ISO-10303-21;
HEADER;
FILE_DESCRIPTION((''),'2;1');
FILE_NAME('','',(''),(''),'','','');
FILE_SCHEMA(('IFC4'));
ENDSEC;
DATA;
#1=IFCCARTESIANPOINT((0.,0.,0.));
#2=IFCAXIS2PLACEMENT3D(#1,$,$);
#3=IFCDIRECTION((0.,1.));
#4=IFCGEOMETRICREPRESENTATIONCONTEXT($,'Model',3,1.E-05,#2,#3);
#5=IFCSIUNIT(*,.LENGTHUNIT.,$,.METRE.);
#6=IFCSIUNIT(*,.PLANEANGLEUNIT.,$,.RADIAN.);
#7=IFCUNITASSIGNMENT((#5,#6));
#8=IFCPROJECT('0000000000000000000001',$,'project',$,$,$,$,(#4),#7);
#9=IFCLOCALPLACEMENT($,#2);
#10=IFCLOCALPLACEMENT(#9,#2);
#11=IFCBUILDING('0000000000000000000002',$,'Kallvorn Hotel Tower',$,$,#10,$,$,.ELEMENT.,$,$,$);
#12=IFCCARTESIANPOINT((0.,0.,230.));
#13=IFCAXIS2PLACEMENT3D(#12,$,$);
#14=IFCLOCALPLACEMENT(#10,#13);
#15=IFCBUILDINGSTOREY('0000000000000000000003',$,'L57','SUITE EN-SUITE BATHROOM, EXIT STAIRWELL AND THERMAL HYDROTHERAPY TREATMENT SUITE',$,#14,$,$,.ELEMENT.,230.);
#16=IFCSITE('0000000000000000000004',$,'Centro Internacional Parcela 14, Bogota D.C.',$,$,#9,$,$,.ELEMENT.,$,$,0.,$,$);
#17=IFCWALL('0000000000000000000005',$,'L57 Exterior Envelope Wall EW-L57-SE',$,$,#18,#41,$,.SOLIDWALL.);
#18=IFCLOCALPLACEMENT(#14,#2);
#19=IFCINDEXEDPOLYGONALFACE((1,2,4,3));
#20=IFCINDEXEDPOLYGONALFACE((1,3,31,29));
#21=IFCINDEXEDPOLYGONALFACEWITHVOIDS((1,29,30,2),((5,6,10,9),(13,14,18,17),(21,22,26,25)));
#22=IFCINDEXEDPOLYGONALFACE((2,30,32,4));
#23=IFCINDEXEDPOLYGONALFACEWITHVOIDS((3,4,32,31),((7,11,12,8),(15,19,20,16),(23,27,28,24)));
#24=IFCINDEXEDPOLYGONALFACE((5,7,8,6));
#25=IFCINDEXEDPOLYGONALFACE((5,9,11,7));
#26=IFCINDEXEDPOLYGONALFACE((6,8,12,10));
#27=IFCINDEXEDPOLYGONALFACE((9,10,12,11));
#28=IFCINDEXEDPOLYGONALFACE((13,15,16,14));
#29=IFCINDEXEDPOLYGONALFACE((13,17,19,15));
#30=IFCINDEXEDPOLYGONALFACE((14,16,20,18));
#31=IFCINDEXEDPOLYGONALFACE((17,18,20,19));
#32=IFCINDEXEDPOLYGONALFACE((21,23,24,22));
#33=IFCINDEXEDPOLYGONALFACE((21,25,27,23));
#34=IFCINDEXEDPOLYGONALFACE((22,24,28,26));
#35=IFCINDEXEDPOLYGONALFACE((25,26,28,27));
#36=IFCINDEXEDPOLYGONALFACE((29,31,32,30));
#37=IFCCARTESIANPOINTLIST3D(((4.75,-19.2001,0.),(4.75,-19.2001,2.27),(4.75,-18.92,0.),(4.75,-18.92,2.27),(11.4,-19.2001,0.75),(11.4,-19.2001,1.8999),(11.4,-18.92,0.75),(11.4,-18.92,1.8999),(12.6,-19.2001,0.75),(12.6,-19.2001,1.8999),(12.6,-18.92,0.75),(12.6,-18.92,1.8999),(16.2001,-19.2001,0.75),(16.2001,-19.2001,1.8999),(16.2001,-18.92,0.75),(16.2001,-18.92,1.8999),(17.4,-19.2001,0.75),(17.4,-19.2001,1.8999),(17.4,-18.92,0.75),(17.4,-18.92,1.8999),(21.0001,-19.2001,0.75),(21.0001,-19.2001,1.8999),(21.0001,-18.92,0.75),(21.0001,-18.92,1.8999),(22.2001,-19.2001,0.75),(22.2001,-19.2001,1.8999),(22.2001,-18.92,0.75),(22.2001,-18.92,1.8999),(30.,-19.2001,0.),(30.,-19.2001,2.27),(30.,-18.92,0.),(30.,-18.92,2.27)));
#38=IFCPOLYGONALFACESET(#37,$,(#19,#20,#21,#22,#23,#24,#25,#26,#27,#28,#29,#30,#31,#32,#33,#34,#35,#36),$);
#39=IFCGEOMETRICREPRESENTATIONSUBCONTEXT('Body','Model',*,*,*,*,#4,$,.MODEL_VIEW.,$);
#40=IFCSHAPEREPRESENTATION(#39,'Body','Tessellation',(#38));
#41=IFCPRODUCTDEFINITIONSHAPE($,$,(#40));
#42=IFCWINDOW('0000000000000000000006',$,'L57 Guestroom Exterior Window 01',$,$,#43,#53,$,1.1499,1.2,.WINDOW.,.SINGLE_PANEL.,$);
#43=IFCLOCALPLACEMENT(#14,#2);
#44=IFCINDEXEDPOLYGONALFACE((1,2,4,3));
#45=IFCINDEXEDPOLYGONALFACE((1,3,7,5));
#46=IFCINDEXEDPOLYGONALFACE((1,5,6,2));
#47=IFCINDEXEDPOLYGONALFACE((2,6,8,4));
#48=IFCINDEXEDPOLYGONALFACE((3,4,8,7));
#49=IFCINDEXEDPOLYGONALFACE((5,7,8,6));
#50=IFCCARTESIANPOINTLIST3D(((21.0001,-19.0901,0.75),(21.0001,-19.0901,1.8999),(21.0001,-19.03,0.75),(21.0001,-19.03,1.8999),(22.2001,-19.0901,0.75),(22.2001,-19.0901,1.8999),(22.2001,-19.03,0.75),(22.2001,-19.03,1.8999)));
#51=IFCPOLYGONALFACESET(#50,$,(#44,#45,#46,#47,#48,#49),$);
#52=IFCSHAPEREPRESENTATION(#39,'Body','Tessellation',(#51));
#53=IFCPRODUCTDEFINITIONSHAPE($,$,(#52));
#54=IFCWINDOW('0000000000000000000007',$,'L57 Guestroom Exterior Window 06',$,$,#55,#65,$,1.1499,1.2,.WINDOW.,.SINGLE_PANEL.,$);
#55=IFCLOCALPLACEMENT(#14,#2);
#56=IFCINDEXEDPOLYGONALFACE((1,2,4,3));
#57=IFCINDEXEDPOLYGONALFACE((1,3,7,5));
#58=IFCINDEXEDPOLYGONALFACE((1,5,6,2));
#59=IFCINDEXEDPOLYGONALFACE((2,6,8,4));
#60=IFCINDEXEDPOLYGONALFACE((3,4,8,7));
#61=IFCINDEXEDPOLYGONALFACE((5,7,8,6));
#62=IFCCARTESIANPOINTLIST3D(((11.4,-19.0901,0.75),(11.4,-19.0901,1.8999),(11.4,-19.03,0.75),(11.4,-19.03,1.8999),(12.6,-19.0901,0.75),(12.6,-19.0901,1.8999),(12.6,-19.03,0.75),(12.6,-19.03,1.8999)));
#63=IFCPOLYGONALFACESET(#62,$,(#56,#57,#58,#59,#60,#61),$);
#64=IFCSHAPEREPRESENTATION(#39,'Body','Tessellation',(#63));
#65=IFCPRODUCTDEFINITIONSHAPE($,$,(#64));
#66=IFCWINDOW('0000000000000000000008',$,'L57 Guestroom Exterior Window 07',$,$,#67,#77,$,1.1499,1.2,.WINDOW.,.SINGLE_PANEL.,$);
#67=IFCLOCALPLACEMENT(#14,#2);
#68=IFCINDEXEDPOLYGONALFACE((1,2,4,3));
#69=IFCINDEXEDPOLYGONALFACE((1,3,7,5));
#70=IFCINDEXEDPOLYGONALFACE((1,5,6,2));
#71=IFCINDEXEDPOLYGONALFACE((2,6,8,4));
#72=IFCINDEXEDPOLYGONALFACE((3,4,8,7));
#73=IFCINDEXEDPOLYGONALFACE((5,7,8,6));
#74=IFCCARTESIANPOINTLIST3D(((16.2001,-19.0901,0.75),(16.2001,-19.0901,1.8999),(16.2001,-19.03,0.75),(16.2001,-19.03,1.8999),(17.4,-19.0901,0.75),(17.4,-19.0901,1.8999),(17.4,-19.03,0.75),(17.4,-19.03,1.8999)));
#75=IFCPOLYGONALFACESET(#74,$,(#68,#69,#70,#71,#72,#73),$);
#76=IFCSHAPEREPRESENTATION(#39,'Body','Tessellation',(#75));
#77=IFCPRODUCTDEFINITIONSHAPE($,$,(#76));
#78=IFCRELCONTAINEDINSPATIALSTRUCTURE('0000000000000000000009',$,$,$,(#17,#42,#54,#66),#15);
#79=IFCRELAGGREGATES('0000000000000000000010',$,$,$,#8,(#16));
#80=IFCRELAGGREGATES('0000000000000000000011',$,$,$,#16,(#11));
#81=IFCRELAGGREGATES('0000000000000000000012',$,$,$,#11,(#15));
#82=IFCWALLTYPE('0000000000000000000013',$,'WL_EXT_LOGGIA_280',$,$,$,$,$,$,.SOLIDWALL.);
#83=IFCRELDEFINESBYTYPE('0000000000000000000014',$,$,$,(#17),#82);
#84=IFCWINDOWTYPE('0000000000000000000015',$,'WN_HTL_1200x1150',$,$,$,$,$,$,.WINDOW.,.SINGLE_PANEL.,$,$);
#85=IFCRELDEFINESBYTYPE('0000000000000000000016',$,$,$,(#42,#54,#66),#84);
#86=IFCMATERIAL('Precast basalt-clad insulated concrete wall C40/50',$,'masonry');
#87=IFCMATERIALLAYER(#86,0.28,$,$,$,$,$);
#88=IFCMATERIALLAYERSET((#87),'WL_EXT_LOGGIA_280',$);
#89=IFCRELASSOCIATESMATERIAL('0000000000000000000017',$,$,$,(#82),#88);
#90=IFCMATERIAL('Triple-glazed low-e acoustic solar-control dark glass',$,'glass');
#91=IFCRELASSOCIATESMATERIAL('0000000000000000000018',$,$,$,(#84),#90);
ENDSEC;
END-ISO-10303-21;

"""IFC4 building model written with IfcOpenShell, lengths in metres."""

from ifc_helpers import new_model, si_unit, direction, frame, frame_2d, origin, place, context, subcontext, project, spatial, rectangle, extrude, material, layer, layer_set, type_object, element, fill, save


model = new_model("IFC4")

# Units and contexts
model_context = context("Model", 3, precision=1e-05, world=origin(), true_north=direction((0.0, 1.0)))
body_context = subcontext(model_context, "Body", "Model", "MODEL_VIEW")
ifc_project = project(units=[si_unit("LENGTHUNIT", "METRE"), si_unit("PLANEANGLEUNIT", "RADIAN")], contexts=[model_context])

# Site, building, storey
site_placement = place(None, origin())
site = spatial("IfcSite", under=ifc_project, at=site_placement, Name="Centro Internacional Parcela 14, Bogota D.C.", CompositionType="ELEMENT", RefElevation=0.0)
building_placement = place(site_placement, origin())
building = spatial("IfcBuilding", under=site, at=building_placement, Name="Kallvorn Hotel Tower", CompositionType="ELEMENT")
storey_placement = place(building_placement, frame((0.0, 0.0, 230.0)))
storey = spatial("IfcBuildingStorey", under=building, at=storey_placement, Name="L57", Description="SUITE EN-SUITE BATHROOM, EXIT STAIRWELL AND THERMAL HYDROTHERAPY TREATMENT SUITE", CompositionType="ELEMENT", Elevation=230.0)

# Wall, openings, windows
ifc_material_1 = material(Name="Precast basalt-clad insulated concrete wall C40/50", Category="masonry")
ifc_layer_1 = layer(ifc_material_1, 0.28)
ifc_layer_set_1 = layer_set([ifc_layer_1], Name="WL_EXT_LOGGIA_280")
wall_type_1 = type_object("IfcWallType", Name="WL_EXT_LOGGIA_280", PredefinedType="SOLIDWALL", material=ifc_layer_set_1)
wall_1_placement = place(storey_placement, frame((4.75, -19.0601, 0.0), z_axis=(0.0, 0.0, 1.0), x_axis=(1.0, 0.0, 0.0)))
wall_1 = element("IfcWall", 1, at=wall_1_placement, inside=storey, type_object=wall_type_1, Name="L57 Exterior Envelope Wall EW-L57-SE", PredefinedType="SOLIDWALL", context=body_context, shape_type="SweptSolid", body=[
    extrude(rectangle(XDim=25.25, YDim=0.28, at=frame_2d((12.625, 0.0))), origin(), (0.0, 0.0, 1.0), 2.27),
])
opening_1_placement = place(wall_1_placement, frame((16.25, 0.0, 0.75)))
opening_1 = element("IfcOpeningElement", 2, at=opening_1_placement, cuts=wall_1, PredefinedType="OPENING", context=body_context, shape_type="SweptSolid", body=[
    extrude(rectangle(XDim=1.2, YDim=1.1499, at=frame_2d((0.6001, 0.575))), frame((0.0, 0.155, 0.0), z_axis=(0.0, -1.0, 0.0), x_axis=(1.0, 0.0, 0.0)), (0.0, 0.0, 1.0), 0.3101),
])
opening_2_placement = place(wall_1_placement, frame((6.6499, 0.0, 0.75)))
opening_2 = element("IfcOpeningElement", 3, at=opening_2_placement, cuts=wall_1, PredefinedType="OPENING", context=body_context, shape_type="SweptSolid", body=[
    extrude(rectangle(XDim=1.2, YDim=1.1499, at=frame_2d((0.6001, 0.575))), frame((0.0, 0.155, 0.0), z_axis=(0.0, -1.0, 0.0), x_axis=(1.0, 0.0, 0.0)), (0.0, 0.0, 1.0), 0.3101),
])
opening_3_placement = place(wall_1_placement, frame((11.45, 0.0, 0.75)))
opening_3 = element("IfcOpeningElement", 4, at=opening_3_placement, cuts=wall_1, PredefinedType="OPENING", context=body_context, shape_type="SweptSolid", body=[
    extrude(rectangle(XDim=1.2, YDim=1.1499, at=frame_2d((0.6001, 0.575))), frame((0.0, 0.155, 0.0), z_axis=(0.0, -1.0, 0.0), x_axis=(1.0, 0.0, 0.0)), (0.0, 0.0, 1.0), 0.3101),
])
ifc_material_2 = material(Name="Triple-glazed low-e acoustic solar-control dark glass", Category="glass")
window_type = type_object("IfcWindowType", Name="WN_HTL_1200x1150", PartitioningType="SINGLE_PANEL", PredefinedType="WINDOW", material=ifc_material_2)
window_1_placement = place(opening_1_placement, origin())
window_1 = element("IfcWindow", 5, at=window_1_placement, inside=storey, type_object=window_type, Name="L57 Guestroom Exterior Window 01", OverallHeight=1.1499, OverallWidth=1.2, PartitioningType="SINGLE_PANEL", PredefinedType="WINDOW", context=body_context, shape_type="SweptSolid", body=[
    extrude(rectangle(XDim=1.2, YDim=1.1499, at=frame_2d((0.6001, 0.575))), frame((0.0, 0.03, 0.0), z_axis=(0.0, -1.0, 0.0), x_axis=(1.0, 0.0, 0.0)), (0.0, 0.0, 1.0), 0.0601),
])
fill(opening_1, window_1)
window_2_placement = place(opening_2_placement, origin())
window_2 = element("IfcWindow", 6, at=window_2_placement, inside=storey, type_object=window_type, Name="L57 Guestroom Exterior Window 06", OverallHeight=1.1499, OverallWidth=1.2, PartitioningType="SINGLE_PANEL", PredefinedType="WINDOW", context=body_context, shape_type="SweptSolid", body=[
    extrude(rectangle(XDim=1.2, YDim=1.1499, at=frame_2d((0.6001, 0.575))), frame((0.0, 0.03, 0.0), z_axis=(0.0, -1.0, 0.0), x_axis=(1.0, 0.0, 0.0)), (0.0, 0.0, 1.0), 0.0601),
])
fill(opening_2, window_2)
window_3_placement = place(opening_3_placement, origin())
window_3 = element("IfcWindow", 7, at=window_3_placement, inside=storey, type_object=window_type, Name="L57 Guestroom Exterior Window 07", OverallHeight=1.1499, OverallWidth=1.2, PartitioningType="SINGLE_PANEL", PredefinedType="WINDOW", context=body_context, shape_type="SweptSolid", body=[
    extrude(rectangle(XDim=1.2, YDim=1.1499, at=frame_2d((0.6001, 0.575))), frame((0.0, 0.03, 0.0), z_axis=(0.0, -1.0, 0.0), x_axis=(1.0, 0.0, 0.0)), (0.0, 0.0, 1.0), 0.0601),
])
fill(opening_3, window_3)

save(model, "model.ifc")
